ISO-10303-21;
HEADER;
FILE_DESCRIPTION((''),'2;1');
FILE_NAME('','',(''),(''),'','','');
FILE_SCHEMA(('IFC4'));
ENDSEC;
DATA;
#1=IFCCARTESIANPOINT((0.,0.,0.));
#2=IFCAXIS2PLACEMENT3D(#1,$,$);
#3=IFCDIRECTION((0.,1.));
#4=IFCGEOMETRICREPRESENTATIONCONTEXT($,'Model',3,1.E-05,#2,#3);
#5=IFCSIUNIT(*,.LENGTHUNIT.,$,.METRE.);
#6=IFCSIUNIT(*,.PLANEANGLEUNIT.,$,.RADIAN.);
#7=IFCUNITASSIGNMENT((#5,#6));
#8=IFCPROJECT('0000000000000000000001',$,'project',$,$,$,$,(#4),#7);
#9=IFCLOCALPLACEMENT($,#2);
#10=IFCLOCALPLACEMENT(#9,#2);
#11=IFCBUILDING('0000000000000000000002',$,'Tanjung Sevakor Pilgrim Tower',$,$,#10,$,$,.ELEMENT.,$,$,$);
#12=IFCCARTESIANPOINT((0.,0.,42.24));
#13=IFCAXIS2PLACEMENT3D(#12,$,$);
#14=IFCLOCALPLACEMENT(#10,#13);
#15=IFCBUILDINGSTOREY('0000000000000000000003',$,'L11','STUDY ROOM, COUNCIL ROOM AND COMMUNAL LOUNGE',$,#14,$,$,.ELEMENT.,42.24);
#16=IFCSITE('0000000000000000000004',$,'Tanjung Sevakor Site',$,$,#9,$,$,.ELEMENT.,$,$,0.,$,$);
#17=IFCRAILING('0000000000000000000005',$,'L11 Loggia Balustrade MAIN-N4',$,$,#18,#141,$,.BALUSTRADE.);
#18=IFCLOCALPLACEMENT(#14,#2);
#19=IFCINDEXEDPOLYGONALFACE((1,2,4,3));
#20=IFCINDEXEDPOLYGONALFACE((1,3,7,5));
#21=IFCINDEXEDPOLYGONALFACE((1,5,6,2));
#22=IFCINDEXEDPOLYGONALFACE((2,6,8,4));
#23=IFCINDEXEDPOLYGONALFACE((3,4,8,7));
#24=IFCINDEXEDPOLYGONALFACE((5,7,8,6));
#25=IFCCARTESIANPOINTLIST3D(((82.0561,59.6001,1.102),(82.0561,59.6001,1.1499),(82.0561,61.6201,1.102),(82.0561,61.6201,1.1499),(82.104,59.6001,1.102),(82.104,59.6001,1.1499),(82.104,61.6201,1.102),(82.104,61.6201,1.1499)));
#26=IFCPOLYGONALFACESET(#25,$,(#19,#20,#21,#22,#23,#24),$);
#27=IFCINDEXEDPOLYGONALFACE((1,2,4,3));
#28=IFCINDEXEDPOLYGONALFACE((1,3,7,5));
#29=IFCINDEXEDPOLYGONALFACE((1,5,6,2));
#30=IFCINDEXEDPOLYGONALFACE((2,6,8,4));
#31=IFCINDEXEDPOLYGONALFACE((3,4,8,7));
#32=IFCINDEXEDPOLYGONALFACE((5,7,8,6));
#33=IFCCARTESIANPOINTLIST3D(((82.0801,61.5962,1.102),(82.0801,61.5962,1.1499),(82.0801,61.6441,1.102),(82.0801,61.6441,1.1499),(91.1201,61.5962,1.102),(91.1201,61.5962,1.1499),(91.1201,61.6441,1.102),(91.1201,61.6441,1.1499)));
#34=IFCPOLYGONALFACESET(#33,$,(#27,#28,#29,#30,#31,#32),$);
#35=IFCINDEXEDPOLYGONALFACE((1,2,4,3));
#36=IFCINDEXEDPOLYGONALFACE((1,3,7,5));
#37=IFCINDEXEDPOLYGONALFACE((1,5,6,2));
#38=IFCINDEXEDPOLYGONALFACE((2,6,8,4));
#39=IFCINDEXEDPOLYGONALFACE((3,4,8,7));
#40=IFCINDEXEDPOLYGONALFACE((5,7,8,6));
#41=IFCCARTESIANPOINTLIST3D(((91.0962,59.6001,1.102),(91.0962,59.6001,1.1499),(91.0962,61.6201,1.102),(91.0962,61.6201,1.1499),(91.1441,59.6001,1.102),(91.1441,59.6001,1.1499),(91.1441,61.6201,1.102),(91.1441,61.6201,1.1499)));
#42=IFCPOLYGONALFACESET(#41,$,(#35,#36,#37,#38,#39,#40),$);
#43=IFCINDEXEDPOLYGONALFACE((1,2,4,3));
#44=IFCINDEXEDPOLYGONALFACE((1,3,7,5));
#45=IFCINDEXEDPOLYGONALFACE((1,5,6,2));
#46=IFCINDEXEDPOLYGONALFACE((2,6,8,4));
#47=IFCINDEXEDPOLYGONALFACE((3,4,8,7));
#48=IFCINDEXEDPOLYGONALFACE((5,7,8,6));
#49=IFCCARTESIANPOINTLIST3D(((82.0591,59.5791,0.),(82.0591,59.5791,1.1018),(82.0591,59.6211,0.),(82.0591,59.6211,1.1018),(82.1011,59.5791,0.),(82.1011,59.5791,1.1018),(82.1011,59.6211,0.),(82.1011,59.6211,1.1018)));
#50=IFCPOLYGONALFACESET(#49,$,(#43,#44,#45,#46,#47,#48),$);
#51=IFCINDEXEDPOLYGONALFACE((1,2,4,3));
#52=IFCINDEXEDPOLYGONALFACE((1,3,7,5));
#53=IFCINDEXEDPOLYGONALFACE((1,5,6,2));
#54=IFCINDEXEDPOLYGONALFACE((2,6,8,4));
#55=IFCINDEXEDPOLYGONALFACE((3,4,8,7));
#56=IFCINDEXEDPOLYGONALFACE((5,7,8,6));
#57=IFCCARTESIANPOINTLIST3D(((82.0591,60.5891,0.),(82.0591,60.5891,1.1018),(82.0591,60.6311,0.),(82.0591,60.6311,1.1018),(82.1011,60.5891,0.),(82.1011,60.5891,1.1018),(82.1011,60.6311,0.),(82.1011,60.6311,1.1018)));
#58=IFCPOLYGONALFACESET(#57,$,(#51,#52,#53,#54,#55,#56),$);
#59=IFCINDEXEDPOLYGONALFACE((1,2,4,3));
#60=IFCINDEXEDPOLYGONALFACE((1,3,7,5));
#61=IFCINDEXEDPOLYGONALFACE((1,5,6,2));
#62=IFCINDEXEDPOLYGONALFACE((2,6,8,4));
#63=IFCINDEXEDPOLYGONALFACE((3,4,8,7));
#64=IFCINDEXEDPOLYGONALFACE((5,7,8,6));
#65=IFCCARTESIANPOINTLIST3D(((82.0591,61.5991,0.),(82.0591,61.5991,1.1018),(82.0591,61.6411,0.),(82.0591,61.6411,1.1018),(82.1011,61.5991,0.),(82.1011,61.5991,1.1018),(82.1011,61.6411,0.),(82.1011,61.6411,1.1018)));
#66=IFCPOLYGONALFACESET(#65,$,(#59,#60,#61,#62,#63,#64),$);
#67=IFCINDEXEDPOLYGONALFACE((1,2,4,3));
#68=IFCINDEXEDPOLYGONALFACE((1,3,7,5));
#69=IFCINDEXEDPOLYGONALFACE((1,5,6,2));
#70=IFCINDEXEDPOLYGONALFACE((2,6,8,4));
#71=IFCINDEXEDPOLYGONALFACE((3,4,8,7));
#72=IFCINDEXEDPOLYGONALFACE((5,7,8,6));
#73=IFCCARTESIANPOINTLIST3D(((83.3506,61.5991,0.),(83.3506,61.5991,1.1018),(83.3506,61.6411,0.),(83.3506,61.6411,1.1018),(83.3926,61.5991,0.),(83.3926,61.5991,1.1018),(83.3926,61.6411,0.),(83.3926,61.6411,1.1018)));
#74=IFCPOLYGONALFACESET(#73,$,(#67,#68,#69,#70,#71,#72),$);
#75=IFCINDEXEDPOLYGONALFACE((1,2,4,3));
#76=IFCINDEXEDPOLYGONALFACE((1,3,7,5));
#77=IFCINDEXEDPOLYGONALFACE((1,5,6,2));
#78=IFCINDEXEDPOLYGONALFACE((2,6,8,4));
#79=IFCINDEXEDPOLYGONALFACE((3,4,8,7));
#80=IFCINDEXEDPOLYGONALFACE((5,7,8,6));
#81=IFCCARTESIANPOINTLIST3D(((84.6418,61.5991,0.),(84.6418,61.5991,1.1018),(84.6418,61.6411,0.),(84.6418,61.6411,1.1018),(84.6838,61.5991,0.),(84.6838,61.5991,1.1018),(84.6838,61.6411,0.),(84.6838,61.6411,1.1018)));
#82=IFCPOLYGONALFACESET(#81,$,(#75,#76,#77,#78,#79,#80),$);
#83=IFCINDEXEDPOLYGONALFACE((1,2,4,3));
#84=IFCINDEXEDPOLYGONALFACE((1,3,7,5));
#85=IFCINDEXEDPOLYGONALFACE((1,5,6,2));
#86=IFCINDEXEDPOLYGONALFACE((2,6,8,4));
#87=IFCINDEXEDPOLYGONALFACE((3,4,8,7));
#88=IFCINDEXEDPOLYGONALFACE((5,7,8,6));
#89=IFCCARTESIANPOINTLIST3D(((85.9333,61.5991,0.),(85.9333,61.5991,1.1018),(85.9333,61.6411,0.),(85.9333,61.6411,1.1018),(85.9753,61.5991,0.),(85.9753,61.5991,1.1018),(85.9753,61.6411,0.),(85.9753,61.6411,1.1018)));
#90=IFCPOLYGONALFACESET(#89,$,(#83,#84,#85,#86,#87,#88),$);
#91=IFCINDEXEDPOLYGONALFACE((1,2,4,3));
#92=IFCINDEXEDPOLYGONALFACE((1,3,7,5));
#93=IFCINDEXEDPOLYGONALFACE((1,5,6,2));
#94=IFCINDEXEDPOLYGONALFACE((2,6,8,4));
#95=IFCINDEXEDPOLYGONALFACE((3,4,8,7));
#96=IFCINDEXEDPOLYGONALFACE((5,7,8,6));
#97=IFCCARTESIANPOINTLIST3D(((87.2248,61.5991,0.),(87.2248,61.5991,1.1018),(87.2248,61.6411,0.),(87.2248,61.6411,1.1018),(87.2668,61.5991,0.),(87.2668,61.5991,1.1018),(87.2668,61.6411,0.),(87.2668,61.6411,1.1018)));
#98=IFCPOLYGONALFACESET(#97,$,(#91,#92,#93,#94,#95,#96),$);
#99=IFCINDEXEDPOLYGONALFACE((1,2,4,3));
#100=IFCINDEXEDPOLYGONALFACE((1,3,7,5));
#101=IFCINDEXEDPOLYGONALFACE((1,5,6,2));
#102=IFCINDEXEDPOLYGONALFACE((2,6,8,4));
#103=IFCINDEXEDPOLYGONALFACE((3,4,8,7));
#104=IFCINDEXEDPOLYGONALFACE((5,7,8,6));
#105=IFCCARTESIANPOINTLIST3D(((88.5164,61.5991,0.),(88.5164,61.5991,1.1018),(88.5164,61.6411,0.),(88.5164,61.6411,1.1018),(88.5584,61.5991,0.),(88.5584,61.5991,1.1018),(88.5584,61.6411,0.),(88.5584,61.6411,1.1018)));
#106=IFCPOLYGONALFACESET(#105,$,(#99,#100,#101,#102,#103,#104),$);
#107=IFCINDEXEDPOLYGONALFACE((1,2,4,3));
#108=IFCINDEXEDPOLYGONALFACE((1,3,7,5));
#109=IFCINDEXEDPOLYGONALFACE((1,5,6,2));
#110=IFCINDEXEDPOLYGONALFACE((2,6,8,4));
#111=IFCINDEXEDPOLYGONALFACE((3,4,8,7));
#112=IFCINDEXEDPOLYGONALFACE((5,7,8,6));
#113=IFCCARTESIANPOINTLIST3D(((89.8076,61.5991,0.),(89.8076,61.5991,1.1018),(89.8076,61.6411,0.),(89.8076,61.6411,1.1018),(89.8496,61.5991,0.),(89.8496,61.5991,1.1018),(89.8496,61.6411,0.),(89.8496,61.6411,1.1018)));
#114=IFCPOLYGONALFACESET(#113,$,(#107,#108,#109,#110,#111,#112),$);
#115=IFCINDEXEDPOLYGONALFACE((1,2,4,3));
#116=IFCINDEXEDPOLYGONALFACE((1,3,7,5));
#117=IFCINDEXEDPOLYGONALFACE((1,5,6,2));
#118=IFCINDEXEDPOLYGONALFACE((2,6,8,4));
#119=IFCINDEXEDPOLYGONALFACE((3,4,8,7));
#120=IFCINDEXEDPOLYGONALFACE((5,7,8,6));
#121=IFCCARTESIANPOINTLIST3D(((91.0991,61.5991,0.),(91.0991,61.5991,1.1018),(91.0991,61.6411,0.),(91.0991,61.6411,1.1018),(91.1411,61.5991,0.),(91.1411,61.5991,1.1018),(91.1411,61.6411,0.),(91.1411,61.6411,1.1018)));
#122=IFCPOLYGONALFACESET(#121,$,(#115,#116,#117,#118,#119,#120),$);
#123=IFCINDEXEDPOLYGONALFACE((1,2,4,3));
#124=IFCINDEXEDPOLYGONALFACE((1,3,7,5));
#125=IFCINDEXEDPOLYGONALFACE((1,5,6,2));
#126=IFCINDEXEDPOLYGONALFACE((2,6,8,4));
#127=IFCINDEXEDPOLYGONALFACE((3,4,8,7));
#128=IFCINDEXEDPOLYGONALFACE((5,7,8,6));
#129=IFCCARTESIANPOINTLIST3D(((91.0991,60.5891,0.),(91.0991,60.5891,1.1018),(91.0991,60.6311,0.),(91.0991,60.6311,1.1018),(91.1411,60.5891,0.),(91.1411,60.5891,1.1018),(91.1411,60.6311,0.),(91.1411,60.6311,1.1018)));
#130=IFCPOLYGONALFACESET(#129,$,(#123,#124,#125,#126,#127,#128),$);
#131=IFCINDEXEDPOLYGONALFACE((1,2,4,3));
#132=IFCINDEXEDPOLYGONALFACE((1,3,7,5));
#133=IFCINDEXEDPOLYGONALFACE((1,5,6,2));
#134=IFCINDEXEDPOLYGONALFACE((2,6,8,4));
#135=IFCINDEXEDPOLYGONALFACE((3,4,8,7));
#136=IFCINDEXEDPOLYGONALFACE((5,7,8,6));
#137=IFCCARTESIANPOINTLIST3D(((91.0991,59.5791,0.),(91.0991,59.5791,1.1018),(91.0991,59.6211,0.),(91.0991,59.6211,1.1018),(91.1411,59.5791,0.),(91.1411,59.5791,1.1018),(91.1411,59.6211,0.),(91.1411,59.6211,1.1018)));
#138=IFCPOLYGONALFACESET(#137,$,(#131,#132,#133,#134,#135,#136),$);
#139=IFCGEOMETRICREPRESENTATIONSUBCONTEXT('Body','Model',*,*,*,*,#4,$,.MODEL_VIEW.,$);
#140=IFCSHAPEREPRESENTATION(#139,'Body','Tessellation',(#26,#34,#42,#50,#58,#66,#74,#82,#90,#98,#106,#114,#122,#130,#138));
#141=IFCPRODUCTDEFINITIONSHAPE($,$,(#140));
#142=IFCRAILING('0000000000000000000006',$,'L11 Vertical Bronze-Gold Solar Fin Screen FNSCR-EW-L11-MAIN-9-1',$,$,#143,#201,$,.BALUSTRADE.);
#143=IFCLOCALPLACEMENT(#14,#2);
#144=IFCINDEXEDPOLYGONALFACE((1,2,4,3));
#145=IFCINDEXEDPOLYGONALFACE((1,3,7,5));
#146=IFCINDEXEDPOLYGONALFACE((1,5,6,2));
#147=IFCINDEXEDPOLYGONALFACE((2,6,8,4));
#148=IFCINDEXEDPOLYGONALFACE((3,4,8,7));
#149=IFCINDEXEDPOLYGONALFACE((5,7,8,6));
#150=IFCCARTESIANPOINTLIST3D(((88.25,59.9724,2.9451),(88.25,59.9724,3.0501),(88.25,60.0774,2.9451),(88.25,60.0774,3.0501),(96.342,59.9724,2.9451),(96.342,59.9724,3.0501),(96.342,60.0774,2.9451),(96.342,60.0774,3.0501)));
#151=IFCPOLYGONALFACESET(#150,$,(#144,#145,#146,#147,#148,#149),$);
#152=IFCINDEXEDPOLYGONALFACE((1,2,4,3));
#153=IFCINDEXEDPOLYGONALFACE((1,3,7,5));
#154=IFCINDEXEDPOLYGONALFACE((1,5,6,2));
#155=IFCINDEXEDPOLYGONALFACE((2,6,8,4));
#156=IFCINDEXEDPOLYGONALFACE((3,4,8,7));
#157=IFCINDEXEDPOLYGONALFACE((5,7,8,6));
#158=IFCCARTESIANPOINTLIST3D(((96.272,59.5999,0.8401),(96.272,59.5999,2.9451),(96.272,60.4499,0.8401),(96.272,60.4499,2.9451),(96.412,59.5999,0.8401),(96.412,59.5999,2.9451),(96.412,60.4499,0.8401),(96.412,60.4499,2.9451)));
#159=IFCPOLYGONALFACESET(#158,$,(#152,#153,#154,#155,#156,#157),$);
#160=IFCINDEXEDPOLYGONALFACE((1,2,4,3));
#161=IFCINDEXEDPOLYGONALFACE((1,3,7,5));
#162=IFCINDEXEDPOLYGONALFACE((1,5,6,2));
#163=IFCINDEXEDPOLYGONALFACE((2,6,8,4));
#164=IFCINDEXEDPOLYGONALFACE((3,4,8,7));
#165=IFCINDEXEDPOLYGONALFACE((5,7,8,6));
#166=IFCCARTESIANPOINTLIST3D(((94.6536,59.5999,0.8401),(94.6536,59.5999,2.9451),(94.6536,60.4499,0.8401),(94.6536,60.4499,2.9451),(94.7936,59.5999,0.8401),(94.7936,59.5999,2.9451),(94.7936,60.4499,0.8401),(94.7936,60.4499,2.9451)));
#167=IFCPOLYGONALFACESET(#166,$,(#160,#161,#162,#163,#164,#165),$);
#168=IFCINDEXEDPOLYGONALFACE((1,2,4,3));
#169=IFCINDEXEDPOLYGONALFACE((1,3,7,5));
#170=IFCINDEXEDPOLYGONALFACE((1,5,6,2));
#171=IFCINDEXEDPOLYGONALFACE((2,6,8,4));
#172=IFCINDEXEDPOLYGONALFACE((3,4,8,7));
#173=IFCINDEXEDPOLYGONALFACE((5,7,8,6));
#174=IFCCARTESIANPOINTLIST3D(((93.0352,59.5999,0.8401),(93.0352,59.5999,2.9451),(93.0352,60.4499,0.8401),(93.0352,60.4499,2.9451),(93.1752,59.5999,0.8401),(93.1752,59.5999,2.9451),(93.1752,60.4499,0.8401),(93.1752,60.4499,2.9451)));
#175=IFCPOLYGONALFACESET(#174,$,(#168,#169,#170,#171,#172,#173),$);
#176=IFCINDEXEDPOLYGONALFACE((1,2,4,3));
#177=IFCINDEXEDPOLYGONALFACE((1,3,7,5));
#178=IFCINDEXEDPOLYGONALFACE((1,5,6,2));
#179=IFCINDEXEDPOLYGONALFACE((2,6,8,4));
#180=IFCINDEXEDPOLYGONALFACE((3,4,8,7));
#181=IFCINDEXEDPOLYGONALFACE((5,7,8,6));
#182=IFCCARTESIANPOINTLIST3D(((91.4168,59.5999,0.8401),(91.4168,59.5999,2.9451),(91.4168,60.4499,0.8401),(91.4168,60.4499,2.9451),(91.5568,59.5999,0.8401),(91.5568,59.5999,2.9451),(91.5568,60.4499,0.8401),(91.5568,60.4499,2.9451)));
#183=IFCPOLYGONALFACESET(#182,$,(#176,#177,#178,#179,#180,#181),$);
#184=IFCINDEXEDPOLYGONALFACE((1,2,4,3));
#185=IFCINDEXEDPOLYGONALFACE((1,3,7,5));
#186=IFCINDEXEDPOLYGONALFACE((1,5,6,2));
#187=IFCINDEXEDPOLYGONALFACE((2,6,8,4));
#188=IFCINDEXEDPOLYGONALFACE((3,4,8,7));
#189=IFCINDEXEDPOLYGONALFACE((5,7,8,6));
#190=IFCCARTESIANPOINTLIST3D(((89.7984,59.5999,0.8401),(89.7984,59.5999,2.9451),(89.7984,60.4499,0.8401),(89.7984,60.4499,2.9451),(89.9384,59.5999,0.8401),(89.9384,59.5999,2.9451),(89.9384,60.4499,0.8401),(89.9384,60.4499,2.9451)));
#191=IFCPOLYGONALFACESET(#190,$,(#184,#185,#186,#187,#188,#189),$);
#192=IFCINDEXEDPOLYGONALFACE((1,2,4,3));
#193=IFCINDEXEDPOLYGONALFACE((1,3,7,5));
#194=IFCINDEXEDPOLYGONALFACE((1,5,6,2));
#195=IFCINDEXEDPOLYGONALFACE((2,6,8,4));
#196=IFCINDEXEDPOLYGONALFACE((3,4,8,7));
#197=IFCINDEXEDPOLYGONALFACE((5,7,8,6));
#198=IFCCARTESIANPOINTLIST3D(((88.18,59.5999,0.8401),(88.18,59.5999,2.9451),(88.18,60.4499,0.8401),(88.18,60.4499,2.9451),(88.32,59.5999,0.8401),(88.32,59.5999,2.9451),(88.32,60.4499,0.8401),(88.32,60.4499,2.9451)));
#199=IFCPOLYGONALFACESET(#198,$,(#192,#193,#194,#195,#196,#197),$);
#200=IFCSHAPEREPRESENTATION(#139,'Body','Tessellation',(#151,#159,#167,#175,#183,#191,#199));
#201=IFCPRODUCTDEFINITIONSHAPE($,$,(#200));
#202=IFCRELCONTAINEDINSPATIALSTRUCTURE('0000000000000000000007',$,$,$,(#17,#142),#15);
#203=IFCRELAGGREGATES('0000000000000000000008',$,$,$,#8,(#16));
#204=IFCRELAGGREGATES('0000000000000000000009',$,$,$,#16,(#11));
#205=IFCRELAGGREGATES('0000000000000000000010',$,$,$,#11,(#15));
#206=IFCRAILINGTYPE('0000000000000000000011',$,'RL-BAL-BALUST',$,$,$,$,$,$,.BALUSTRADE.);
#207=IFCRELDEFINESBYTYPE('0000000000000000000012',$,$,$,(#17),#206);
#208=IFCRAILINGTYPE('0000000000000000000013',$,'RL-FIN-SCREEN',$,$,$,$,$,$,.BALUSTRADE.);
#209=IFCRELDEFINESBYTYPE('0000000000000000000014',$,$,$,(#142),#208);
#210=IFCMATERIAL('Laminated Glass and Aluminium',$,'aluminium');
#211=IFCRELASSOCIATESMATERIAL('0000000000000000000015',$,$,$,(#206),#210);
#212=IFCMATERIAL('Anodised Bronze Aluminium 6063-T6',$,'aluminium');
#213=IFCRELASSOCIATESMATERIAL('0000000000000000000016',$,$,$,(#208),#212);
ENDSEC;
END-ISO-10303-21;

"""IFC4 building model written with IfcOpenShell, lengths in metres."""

from ifc_helpers import new_model, si_unit, direction, frame, origin, place, context, subcontext, project, spatial, rectangle, extrude, material, type_object, element, save


model = new_model("IFC4")

# Units and contexts
model_context = context("Model", 3, precision=1e-05, world=origin(), true_north=direction((0.0, 1.0)))
body_context = subcontext(model_context, "Body", "Model", "MODEL_VIEW")
ifc_project = project(units=[si_unit("LENGTHUNIT", "METRE"), si_unit("PLANEANGLEUNIT", "RADIAN")], contexts=[model_context])

# Site, building, storey
site_placement = place(None, origin())
site = spatial("IfcSite", under=ifc_project, at=site_placement, Name="Tanjung Sevakor Site", CompositionType="ELEMENT", RefElevation=0.0)
building_placement = place(site_placement, origin())
building = spatial("IfcBuilding", under=site, at=building_placement, Name="Tanjung Sevakor Pilgrim Tower", CompositionType="ELEMENT")
storey_placement = place(building_placement, frame((0.0, 0.0, 42.24)))
storey = spatial("IfcBuildingStorey", under=building, at=storey_placement, Name="L11", Description="STUDY ROOM, COUNCIL ROOM AND COMMUNAL LOUNGE", CompositionType="ELEMENT", Elevation=42.24)

# Railings
ifc_material_1 = material(Name="Laminated Glass and Aluminium", Category="aluminium")
railing_type_1 = type_object("IfcRailingType", Name="RL-BAL-BALUST", PredefinedType="BALUSTRADE", material=ifc_material_1)
railing_1_placement = place(storey_placement, frame((82.0801, 59.6001, 0.0)))
element("IfcRailing", 1, at=railing_1_placement, inside=storey, type_object=railing_type_1, Name="L11 Loggia Balustrade MAIN-N4", PredefinedType="BALUSTRADE", context=body_context, shape_type="SweptSolid", body=[
    extrude(rectangle(XDim=0.0479, YDim=0.0479), frame((0.0, 0.0, 1.126), z_axis=(0.0, 1.0, 0.0), x_axis=(-1.0, 0.0, 0.0)), (0.0, 0.0, 1.0), 2.02),
    extrude(rectangle(XDim=0.0479, YDim=0.0479), frame((0.0, 2.02, 1.126), z_axis=(1.0, 0.0, 0.0), x_axis=(0.0, 1.0, 0.0)), (0.0, 0.0, 1.0), 9.04),
    extrude(rectangle(XDim=0.0479, YDim=0.0479), frame((9.04, 2.02, 1.126), z_axis=(0.0, -1.0, 0.0), x_axis=(1.0, 0.0, 0.0)), (0.0, 0.0, 1.0), 2.02),
    extrude(rectangle(XDim=0.042, YDim=0.042), origin(), (0.0, 0.0, 1.0), 1.1018),
    extrude(rectangle(XDim=0.042, YDim=0.042), frame((0.0, 1.01, 0.0)), (0.0, 0.0, 1.0), 1.1018),
    extrude(rectangle(XDim=0.042, YDim=0.042), frame((0.0, 2.02, 0.0)), (0.0, 0.0, 1.0), 1.1018),
    extrude(rectangle(XDim=0.042, YDim=0.042), frame((1.2915, 2.02, 0.0)), (0.0, 0.0, 1.0), 1.1018),
    extrude(rectangle(XDim=0.042, YDim=0.042), frame((2.5828, 2.02, 0.0)), (0.0, 0.0, 1.0), 1.1018),
    extrude(rectangle(XDim=0.042, YDim=0.042), frame((3.8743, 2.02, 0.0)), (0.0, 0.0, 1.0), 1.1018),
    extrude(rectangle(XDim=0.042, YDim=0.042), frame((5.1658, 2.02, 0.0)), (0.0, 0.0, 1.0), 1.1018),
    extrude(rectangle(XDim=0.042, YDim=0.042), frame((6.4573, 2.02, 0.0)), (0.0, 0.0, 1.0), 1.1018),
    extrude(rectangle(XDim=0.042, YDim=0.042), frame((7.7485, 2.02, 0.0)), (0.0, 0.0, 1.0), 1.1018),
    extrude(rectangle(XDim=0.042, YDim=0.042), frame((9.04, 2.02, 0.0)), (0.0, 0.0, 1.0), 1.1018),
    extrude(rectangle(XDim=0.042, YDim=0.042), frame((9.04, 1.01, 0.0)), (0.0, 0.0, 1.0), 1.1018),
    extrude(rectangle(XDim=0.042, YDim=0.042), frame((9.04, 0.0, 0.0)), (0.0, 0.0, 1.0), 1.1018),
])
ifc_material_2 = material(Name="Anodised Bronze Aluminium 6063-T6", Category="aluminium")
railing_type_2 = type_object("IfcRailingType", Name="RL-FIN-SCREEN", PredefinedType="BALUSTRADE", material=ifc_material_2)
railing_2_placement = place(storey_placement, frame((96.342, 60.0249, 0.8401)))
element("IfcRailing", 2, at=railing_2_placement, inside=storey, type_object=railing_type_2, Name="L11 Vertical Bronze-Gold Solar Fin Screen FNSCR-EW-L11-MAIN-9-1", PredefinedType="BALUSTRADE", context=body_context, shape_type="SweptSolid", body=[
    extrude(rectangle(XDim=0.105, YDim=0.105), frame((0.0, 0.0, 2.1575), z_axis=(-1.0, 0.0, 0.0), x_axis=(0.0, -1.0, 0.0)), (0.0, 0.0, 1.0), 8.092),
    extrude(rectangle(XDim=0.14, YDim=0.85), origin(), (0.0, 0.0, 1.0), 2.105),
    extrude(rectangle(XDim=0.14, YDim=0.85), frame((-1.6184, 0.0, 0.0)), (0.0, 0.0, 1.0), 2.105),
    extrude(rectangle(XDim=0.14, YDim=0.85), frame((-3.2368, 0.0, 0.0)), (0.0, 0.0, 1.0), 2.105),
    extrude(rectangle(XDim=0.14, YDim=0.85), frame((-4.8552, 0.0, 0.0)), (0.0, 0.0, 1.0), 2.105),
    extrude(rectangle(XDim=0.14, YDim=0.85), frame((-6.4736, 0.0, 0.0)), (0.0, 0.0, 1.0), 2.105),
    extrude(rectangle(XDim=0.14, YDim=0.85), frame((-8.092, 0.0, 0.0)), (0.0, 0.0, 1.0), 2.105),
])

save(model, "model.ifc")
